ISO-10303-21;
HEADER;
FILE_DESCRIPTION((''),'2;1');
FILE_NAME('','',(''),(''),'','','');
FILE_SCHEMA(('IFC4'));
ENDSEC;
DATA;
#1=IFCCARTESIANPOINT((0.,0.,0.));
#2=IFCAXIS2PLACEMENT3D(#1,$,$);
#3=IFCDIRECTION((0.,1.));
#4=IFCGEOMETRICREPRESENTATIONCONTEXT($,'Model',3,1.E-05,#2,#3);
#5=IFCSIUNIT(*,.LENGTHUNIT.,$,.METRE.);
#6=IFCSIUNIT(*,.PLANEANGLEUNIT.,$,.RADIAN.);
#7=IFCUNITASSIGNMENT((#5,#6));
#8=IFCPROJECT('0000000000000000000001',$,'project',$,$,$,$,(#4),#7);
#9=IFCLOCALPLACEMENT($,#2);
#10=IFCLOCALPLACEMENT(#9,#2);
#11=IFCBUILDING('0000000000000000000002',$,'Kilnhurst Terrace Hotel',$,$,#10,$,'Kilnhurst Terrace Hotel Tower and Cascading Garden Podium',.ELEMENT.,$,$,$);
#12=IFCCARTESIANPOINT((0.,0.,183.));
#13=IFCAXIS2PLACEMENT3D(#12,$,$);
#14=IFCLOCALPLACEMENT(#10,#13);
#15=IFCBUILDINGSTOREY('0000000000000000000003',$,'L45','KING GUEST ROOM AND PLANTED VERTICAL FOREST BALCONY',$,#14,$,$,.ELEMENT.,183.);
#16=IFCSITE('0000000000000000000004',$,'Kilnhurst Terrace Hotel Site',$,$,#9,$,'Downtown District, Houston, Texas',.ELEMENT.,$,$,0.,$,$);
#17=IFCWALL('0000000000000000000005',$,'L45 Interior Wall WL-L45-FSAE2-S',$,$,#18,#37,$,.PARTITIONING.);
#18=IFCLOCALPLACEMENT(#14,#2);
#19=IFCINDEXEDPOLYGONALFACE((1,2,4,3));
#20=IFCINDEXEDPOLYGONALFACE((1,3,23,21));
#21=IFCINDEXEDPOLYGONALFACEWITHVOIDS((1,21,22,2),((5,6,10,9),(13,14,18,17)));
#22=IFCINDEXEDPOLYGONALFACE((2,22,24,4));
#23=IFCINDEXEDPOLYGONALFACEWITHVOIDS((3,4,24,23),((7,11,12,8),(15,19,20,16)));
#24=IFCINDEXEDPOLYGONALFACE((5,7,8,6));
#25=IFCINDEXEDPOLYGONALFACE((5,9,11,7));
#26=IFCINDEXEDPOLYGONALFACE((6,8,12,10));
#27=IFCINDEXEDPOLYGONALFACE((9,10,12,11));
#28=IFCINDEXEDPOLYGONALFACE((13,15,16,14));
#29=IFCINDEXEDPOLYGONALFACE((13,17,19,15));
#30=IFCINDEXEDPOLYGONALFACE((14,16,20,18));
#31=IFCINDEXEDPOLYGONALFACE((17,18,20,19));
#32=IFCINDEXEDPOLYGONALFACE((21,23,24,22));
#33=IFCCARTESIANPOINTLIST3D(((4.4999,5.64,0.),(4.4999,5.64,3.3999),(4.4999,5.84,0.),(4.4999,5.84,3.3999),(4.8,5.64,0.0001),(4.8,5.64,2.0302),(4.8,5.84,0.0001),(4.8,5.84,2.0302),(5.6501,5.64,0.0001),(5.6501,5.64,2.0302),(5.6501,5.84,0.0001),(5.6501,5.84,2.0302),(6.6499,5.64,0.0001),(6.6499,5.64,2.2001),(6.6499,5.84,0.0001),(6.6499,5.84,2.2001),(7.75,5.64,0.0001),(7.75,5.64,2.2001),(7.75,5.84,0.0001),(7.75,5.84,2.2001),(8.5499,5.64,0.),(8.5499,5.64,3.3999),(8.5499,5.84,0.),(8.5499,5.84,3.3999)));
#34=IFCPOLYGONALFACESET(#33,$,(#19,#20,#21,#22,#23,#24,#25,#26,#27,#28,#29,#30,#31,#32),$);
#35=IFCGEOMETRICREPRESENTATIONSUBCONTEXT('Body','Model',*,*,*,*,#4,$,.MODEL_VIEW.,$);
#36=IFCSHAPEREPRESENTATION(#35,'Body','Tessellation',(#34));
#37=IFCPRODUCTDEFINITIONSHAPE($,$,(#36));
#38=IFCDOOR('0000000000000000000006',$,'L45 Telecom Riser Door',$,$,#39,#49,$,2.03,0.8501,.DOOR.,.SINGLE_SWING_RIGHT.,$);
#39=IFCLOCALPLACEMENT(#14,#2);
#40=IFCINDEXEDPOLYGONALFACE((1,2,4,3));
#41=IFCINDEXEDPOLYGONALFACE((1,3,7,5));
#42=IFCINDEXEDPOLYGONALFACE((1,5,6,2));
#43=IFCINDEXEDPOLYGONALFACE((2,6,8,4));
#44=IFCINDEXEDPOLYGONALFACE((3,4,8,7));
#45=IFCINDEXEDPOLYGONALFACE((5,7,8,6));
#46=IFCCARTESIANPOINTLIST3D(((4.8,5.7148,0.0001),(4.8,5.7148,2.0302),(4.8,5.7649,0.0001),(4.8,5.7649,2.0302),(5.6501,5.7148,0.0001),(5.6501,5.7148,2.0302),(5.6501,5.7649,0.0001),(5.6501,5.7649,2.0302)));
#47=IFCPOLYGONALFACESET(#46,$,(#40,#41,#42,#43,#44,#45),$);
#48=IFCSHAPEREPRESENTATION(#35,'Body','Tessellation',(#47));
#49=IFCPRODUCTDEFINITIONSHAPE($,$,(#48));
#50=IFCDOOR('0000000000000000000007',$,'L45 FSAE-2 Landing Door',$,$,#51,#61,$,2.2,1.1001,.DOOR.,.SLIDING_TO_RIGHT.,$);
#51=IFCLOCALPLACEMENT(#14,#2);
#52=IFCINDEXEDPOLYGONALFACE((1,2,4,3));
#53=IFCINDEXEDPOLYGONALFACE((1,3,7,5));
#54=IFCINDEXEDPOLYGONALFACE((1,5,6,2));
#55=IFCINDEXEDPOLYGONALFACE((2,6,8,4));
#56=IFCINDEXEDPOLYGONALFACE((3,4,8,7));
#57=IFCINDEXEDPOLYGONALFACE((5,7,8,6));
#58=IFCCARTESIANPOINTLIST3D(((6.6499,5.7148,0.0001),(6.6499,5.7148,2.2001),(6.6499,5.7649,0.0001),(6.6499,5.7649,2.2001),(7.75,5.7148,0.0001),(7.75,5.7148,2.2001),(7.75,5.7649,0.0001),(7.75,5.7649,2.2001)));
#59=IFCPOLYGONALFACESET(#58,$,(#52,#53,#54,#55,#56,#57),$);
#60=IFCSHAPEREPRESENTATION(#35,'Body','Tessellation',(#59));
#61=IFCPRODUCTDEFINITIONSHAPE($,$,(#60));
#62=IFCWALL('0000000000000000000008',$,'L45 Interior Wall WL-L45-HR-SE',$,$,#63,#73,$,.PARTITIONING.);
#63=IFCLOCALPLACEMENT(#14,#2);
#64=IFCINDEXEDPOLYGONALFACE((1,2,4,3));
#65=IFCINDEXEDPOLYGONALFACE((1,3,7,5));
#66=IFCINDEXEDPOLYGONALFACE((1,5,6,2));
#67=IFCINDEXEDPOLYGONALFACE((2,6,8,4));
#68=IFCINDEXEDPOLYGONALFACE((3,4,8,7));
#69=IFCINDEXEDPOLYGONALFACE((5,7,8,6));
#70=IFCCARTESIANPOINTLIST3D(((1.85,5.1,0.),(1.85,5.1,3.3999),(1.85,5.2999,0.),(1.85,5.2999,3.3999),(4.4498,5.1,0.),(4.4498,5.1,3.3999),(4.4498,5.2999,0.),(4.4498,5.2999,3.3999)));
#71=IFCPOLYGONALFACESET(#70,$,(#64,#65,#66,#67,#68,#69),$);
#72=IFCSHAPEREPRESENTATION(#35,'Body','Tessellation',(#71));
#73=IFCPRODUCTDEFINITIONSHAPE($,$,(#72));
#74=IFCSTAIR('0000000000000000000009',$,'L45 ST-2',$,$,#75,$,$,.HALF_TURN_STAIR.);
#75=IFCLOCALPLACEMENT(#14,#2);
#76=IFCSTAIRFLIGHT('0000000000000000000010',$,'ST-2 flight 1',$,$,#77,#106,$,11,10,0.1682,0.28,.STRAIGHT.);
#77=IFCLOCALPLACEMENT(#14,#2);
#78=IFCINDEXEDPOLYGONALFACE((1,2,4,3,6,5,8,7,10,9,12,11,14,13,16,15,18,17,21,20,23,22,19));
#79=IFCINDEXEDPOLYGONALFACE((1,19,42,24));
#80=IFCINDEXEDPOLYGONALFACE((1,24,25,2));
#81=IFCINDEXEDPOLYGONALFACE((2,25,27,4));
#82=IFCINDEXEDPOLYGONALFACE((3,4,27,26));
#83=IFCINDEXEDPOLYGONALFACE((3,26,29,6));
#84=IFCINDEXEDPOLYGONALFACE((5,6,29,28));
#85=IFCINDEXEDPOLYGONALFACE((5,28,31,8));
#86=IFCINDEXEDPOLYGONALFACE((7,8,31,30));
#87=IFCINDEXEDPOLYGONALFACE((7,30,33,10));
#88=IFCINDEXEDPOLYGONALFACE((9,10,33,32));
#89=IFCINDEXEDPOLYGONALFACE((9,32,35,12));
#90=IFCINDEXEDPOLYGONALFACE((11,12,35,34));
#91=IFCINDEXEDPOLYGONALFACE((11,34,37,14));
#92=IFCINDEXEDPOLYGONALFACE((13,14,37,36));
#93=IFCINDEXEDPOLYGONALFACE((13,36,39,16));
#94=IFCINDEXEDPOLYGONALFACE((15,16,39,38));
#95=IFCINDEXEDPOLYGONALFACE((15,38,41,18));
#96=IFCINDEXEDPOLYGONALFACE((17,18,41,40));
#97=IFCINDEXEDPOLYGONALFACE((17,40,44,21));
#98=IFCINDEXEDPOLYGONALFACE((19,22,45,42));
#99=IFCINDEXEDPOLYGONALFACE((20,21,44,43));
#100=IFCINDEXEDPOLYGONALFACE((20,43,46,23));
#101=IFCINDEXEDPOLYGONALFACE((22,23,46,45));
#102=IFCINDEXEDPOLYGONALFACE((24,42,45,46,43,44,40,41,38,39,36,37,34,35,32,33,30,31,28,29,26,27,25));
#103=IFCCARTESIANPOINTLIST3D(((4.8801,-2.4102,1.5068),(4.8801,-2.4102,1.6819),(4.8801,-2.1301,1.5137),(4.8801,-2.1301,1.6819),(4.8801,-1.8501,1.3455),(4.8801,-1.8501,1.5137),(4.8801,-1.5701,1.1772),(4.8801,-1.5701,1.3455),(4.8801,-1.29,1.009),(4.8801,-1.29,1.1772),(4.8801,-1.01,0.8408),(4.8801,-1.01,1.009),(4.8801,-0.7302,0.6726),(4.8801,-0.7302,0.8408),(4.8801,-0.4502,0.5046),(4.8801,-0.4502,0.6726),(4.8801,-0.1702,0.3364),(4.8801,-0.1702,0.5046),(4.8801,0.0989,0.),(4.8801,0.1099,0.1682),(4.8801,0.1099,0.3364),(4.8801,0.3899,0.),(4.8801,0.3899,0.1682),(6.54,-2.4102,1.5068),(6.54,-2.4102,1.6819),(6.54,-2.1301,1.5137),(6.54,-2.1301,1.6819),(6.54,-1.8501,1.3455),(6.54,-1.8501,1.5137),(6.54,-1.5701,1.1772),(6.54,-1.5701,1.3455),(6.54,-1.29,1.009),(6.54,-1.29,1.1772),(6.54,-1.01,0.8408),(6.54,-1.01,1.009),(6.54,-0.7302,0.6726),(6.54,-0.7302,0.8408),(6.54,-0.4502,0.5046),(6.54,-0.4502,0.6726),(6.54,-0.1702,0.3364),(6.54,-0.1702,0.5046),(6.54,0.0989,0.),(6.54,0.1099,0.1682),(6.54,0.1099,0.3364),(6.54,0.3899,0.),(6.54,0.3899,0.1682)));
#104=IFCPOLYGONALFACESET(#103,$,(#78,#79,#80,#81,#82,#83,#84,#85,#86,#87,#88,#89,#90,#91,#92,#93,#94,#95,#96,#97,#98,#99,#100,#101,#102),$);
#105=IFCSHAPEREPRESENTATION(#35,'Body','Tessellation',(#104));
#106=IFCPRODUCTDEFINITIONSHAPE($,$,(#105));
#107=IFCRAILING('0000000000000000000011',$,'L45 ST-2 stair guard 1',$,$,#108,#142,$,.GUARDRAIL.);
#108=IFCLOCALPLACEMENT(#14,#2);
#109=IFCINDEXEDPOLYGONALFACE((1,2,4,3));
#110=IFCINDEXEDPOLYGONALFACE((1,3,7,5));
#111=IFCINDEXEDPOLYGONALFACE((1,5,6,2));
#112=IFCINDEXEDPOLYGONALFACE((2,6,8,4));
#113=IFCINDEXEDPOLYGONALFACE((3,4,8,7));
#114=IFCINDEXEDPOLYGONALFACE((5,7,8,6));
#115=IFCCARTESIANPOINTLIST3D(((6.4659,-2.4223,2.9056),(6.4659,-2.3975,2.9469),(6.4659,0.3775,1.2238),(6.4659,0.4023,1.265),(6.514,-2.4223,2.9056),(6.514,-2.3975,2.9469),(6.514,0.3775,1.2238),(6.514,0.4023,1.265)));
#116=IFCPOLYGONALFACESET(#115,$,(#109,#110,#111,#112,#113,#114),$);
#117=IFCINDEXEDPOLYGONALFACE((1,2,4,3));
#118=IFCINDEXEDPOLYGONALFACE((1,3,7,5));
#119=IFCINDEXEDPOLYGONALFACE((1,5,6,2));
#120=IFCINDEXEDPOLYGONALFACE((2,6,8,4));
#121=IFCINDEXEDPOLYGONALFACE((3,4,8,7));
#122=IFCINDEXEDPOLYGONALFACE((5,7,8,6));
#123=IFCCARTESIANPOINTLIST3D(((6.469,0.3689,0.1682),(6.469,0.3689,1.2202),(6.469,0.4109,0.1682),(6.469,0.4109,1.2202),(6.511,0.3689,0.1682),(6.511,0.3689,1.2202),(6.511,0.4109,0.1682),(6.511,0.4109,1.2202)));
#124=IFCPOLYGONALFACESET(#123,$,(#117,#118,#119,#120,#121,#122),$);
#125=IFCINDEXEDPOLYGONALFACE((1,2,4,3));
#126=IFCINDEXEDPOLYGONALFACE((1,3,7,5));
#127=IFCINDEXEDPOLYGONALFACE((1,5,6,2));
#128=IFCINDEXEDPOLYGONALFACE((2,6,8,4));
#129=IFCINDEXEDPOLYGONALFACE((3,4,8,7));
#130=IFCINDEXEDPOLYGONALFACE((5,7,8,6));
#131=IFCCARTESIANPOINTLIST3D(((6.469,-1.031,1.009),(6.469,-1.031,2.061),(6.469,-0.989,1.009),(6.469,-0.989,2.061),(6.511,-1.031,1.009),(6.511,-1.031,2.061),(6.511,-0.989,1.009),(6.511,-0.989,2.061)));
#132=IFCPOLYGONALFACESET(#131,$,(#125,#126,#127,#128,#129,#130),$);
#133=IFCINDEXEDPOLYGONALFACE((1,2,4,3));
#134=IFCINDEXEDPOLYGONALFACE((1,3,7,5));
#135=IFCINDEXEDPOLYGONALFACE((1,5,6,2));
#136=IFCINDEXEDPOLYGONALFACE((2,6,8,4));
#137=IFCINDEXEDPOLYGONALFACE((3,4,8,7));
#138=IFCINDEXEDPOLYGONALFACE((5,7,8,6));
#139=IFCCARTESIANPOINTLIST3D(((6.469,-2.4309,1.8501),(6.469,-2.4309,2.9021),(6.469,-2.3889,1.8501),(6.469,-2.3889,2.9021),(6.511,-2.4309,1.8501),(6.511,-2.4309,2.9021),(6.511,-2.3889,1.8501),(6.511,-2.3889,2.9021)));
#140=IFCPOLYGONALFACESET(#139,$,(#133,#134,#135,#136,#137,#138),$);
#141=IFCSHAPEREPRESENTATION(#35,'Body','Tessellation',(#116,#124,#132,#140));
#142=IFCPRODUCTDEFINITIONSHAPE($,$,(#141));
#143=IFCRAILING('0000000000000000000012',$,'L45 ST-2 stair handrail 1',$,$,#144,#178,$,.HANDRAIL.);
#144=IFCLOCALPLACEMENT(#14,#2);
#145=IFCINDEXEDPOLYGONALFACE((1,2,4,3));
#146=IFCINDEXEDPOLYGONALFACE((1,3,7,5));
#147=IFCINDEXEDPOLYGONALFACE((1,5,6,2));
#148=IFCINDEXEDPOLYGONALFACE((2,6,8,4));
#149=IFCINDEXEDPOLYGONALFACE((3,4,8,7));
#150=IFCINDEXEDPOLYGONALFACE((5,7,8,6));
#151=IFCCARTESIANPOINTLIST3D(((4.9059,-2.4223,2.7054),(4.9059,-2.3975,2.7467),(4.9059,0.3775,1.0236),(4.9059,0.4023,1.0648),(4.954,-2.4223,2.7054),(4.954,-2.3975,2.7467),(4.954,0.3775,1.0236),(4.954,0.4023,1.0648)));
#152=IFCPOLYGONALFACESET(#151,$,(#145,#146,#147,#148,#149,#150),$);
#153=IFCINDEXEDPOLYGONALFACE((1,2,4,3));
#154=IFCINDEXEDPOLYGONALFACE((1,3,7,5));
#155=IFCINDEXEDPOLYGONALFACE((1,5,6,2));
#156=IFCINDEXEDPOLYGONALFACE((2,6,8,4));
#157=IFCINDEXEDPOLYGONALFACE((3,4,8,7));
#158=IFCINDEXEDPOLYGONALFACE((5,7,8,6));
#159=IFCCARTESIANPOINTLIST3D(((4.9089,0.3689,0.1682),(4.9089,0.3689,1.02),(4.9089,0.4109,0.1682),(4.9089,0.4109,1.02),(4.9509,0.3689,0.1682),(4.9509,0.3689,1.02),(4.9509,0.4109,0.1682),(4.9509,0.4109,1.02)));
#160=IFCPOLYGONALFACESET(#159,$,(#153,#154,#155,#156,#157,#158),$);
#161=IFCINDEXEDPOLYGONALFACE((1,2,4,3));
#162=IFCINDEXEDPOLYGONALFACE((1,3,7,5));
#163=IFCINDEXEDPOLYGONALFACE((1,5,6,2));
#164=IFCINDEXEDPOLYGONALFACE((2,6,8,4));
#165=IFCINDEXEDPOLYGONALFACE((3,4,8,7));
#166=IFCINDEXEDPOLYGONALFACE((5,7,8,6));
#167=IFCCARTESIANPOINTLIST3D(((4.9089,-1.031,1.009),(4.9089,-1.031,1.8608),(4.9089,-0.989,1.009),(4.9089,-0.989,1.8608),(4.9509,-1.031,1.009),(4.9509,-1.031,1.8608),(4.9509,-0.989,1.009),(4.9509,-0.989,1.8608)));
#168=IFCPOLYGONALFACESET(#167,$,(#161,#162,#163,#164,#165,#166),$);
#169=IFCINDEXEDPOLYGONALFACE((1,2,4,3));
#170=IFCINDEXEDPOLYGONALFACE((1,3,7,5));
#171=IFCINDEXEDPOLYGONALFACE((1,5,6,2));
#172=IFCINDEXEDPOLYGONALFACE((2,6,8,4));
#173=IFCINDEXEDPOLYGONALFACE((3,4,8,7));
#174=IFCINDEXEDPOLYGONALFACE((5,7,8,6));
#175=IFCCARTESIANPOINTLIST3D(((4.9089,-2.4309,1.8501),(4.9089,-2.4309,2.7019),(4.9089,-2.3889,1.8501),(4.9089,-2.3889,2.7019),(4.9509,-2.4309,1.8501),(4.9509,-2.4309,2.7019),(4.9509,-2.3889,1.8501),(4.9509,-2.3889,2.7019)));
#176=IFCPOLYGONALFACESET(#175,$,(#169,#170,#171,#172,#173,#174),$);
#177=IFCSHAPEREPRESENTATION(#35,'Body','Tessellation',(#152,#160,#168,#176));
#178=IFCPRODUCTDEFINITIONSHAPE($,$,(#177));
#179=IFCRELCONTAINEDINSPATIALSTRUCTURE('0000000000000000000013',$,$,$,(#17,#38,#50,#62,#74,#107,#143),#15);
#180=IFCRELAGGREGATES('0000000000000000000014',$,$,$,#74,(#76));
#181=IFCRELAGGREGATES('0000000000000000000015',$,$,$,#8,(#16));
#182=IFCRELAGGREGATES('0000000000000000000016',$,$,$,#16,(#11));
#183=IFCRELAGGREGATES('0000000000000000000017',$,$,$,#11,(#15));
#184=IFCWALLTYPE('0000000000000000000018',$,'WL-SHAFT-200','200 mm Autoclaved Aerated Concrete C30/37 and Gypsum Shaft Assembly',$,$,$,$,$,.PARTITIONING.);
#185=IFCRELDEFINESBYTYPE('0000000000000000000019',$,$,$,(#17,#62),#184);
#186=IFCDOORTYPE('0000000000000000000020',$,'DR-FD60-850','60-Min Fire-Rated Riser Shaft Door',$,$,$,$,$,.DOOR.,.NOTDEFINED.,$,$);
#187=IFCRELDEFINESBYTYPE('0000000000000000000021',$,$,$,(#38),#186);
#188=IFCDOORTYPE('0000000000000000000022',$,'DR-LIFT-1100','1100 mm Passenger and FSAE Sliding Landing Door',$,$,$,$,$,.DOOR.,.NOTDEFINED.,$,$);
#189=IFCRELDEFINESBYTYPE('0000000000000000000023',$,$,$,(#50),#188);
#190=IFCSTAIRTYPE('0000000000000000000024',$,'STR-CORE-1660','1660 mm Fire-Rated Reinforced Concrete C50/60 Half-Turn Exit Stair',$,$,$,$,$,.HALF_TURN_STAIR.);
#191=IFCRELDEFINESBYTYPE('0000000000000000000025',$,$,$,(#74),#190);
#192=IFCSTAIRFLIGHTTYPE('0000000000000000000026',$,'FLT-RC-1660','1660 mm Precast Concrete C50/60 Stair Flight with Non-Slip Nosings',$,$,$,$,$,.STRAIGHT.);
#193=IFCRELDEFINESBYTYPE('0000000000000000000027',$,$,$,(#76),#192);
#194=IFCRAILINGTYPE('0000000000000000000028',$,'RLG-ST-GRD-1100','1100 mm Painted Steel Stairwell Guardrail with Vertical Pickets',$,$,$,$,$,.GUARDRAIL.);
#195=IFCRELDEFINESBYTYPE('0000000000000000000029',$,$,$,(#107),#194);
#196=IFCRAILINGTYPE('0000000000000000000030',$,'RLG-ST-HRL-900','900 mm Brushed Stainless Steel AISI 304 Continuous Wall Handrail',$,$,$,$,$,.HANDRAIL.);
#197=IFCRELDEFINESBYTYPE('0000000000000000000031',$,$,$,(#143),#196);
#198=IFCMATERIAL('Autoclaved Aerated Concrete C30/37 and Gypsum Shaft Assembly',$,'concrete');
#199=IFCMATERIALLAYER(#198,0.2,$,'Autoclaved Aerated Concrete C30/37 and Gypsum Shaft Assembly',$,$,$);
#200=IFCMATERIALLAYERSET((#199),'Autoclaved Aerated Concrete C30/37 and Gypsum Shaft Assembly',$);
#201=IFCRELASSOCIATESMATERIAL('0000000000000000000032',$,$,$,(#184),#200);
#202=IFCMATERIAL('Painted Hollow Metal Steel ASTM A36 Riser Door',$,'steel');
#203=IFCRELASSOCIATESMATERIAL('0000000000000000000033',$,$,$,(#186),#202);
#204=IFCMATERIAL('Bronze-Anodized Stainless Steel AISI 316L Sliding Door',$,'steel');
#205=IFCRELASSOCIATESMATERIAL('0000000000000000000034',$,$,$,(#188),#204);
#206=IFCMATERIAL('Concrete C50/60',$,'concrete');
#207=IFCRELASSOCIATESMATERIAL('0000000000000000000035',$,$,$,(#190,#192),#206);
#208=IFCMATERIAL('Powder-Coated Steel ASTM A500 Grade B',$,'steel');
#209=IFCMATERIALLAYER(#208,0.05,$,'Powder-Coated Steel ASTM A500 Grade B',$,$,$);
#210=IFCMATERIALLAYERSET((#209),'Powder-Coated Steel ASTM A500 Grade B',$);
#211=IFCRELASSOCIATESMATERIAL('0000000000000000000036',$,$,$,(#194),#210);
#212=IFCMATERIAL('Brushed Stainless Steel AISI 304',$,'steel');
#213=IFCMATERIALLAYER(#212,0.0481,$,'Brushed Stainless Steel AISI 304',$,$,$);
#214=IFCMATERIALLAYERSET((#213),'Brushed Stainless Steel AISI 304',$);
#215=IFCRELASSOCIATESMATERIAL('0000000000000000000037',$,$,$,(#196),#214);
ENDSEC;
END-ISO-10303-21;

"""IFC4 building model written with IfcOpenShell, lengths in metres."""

from ifc_helpers import new_model, si_unit, direction, frame, frame_2d, origin, origin_2d, place, context, subcontext, project, spatial, polyline, rectangle, outline, extrude, material, layer, layer_set, type_object, element, fill, aggregate, save


model = new_model("IFC4")

# Units and contexts
model_context = context("Model", 3, precision=1e-05, world=origin(), true_north=direction((0.0, 1.0)))
body_context = subcontext(model_context, "Body", "Model", "MODEL_VIEW")
ifc_project = project(units=[si_unit("LENGTHUNIT", "METRE"), si_unit("PLANEANGLEUNIT", "RADIAN")], contexts=[model_context])

# Site, building, storey
site_placement = place(None, origin())
site = spatial("IfcSite", under=ifc_project, at=site_placement, Name="Kilnhurst Terrace Hotel Site", LongName="Downtown District, Houston, Texas", CompositionType="ELEMENT", RefElevation=0.0)
building_placement = place(site_placement, origin())
building = spatial("IfcBuilding", under=site, at=building_placement, Name="Kilnhurst Terrace Hotel", LongName="Kilnhurst Terrace Hotel Tower and Cascading Garden Podium", CompositionType="ELEMENT")
storey_placement = place(building_placement, frame((0.0, 0.0, 183.0)))
storey = spatial("IfcBuildingStorey", under=building, at=storey_placement, Name="L45", Description="KING GUEST ROOM AND PLANTED VERTICAL FOREST BALCONY", CompositionType="ELEMENT", Elevation=183.0)

# Wall, openings, doors
ifc_material_1 = material(Name="Autoclaved Aerated Concrete C30/37 and Gypsum Shaft Assembly", Category="concrete")
ifc_layer_1 = layer(ifc_material_1, 0.2, Name="Autoclaved Aerated Concrete C30/37 and Gypsum Shaft Assembly")
ifc_layer_set_1 = layer_set([ifc_layer_1], Name="Autoclaved Aerated Concrete C30/37 and Gypsum Shaft Assembly")
wall_type_1 = type_object("IfcWallType", Name="WL-SHAFT-200", Description="200 mm Autoclaved Aerated Concrete C30/37 and Gypsum Shaft Assembly", PredefinedType="PARTITIONING", material=ifc_layer_set_1)
wall_1_placement = place(storey_placement, frame((4.5, 5.74, 0.0), z_axis=(0.0, 0.0, 1.0), x_axis=(1.0, 0.0, 0.0)))
wall_1 = element("IfcWall", 1, at=wall_1_placement, inside=storey, type_object=wall_type_1, Name="L45 Interior Wall WL-L45-FSAE2-S", PredefinedType="PARTITIONING", context=body_context, shape_type="SweptSolid", body=[
    extrude(rectangle(XDim=4.05, YDim=0.2, at=frame_2d((2.0249, 0.0))), origin(), (0.0, 0.0, 1.0), 3.3999),
])
opening_1_placement = place(wall_1_placement, frame((0.3, 0.0, 0.0)))
opening_1 = element("IfcOpeningElement", 2, at=opening_1_placement, cuts=wall_1, PredefinedType="OPENING", context=body_context, shape_type="SweptSolid", body=[
    extrude(rectangle(XDim=0.8501, YDim=2.03, at=frame_2d((0.425, 1.0151))), frame((0.0, 0.1099, 0.0), z_axis=(0.0, -1.0, 0.0), x_axis=(1.0, 0.0, 0.0)), (0.0, 0.0, 1.0), 0.22),
])
opening_2_placement = place(wall_1_placement, frame((2.1499, 0.0, 0.0)))
opening_2 = element("IfcOpeningElement", 3, at=opening_2_placement, cuts=wall_1, PredefinedType="OPENING", context=body_context, shape_type="SweptSolid", body=[
    extrude(rectangle(XDim=1.1001, YDim=2.2, at=frame_2d((0.55, 1.1001))), frame((0.0, 0.1099, 0.0), z_axis=(0.0, -1.0, 0.0), x_axis=(1.0, 0.0, 0.0)), (0.0, 0.0, 1.0), 0.22),
])
ifc_material_2 = material(Name="Painted Hollow Metal Steel ASTM A36 Riser Door", Category="steel")
door_type_1 = type_object("IfcDoorType", Name="DR-FD60-850", Description="60-Min Fire-Rated Riser Shaft Door", OperationType="NOTDEFINED", PredefinedType="DOOR", material=ifc_material_2)
door_1_placement = place(opening_1_placement, origin())
door_1 = element("IfcDoor", 4, at=door_1_placement, inside=storey, type_object=door_type_1, Name="L45 Telecom Riser Door", OperationType="SINGLE_SWING_RIGHT", OverallHeight=2.03, OverallWidth=0.8501, PredefinedType="DOOR", context=body_context, shape_type="SweptSolid", body=[
    extrude(rectangle(XDim=0.8501, YDim=2.03, at=frame_2d((0.425, 1.0151))), frame((0.0, 0.0249, 0.0), z_axis=(0.0, -1.0, 0.0), x_axis=(1.0, 0.0, 0.0)), (0.0, 0.0, 1.0), 0.05),
])
fill(opening_1, door_1)
ifc_material_3 = material(Name="Bronze-Anodized Stainless Steel AISI 316L Sliding Door", Category="steel")
door_type_2 = type_object("IfcDoorType", Name="DR-LIFT-1100", Description="1100 mm Passenger and FSAE Sliding Landing Door", OperationType="NOTDEFINED", PredefinedType="DOOR", material=ifc_material_3)
door_2_placement = place(opening_2_placement, origin())
door_2 = element("IfcDoor", 5, at=door_2_placement, inside=storey, type_object=door_type_2, Name="L45 FSAE-2 Landing Door", OperationType="SLIDING_TO_RIGHT", OverallHeight=2.2, OverallWidth=1.1001, PredefinedType="DOOR", context=body_context, shape_type="SweptSolid", body=[
    extrude(rectangle(XDim=1.1001, YDim=2.2, at=frame_2d((0.55, 1.1001))), frame((0.0, 0.0249, 0.0), z_axis=(0.0, -1.0, 0.0), x_axis=(1.0, 0.0, 0.0)), (0.0, 0.0, 1.0), 0.05),
])
fill(opening_2, door_2)

# Wall
wall_2_placement = place(storey_placement, frame((1.8501, 5.2, 0.0), z_axis=(0.0, 0.0, 1.0), x_axis=(1.0, 0.0, 0.0)))
element("IfcWall", 6, at=wall_2_placement, inside=storey, type_object=wall_type_1, Name="L45 Interior Wall WL-L45-HR-SE", PredefinedType="PARTITIONING", context=body_context, shape_type="SweptSolid", body=[
    extrude(rectangle(XDim=2.5999, YDim=0.2, at=frame_2d((1.2998, 0.0))), origin(), (0.0, 0.0, 1.0), 3.3999),
])

# Shared definitions
ifc_material_4 = material(Name="Concrete C50/60", Category="concrete")

# Stair, stair flight
stair_type = type_object("IfcStairType", Name="STR-CORE-1660", Description="1660 mm Fire-Rated Reinforced Concrete C50/60 Half-Turn Exit Stair", PredefinedType="HALF_TURN_STAIR", material=ifc_material_4)
stair_placement = place(storey_placement, origin())
stair = element("IfcStair", 7, at=stair_placement, inside=storey, type_object=stair_type, Name="L45 ST-2", PredefinedType="HALF_TURN_STAIR")
stair_flight_type = type_object("IfcStairFlightType", Name="FLT-RC-1660", Description="1660 mm Precast Concrete C50/60 Stair Flight with Non-Slip Nosings", PredefinedType="STRAIGHT", material=ifc_material_4)
stair_flight_placement = place(storey_placement, frame((5.71, 0.3899, 0.0), z_axis=(0.0, 0.0, 1.0), x_axis=(0.0, -1.0, 0.0)))
stair_flight = element("IfcStairFlight", 8, at=stair_flight_placement, type_object=stair_flight_type, Name="ST-2 flight 1", NumberOfRisers=11, NumberOfTreads=10, PredefinedType="STRAIGHT", RiserHeight=0.1682, TreadLength=0.28, context=body_context, shape_type="SweptSolid", body=[
    extrude(outline(polyline([(0.0, 0.0), (0.0, 0.1682), (0.28, 0.1682), (0.28, 0.3364), (0.5601, 0.3364), (0.5601, 0.5046), (0.8401, 0.5046), (0.8401, 0.6726), (1.1201, 0.6726), (1.1201, 0.8408), (1.3999, 0.8408), (1.3999, 1.009), (1.6799, 1.009), (1.6799, 1.1772), (1.96, 1.1772), (1.96, 1.3455), (2.24, 1.3455), (2.24, 1.5137), (2.52, 1.5137), (2.52, 1.6819), (2.8, 1.6819), (2.8, 1.8501), (2.8, 1.5068), (0.291, 0.0), (0.0, 0.0)])), frame((0.0, 0.8301, 0.0), z_axis=(0.0, -1.0, 0.0), x_axis=(1.0, 0.0, 0.0)), (0.0, 0.0, 1.0), 1.6599),
])
aggregate(stair, [stair_flight])

# Railings
ifc_material_5 = material(Name="Powder-Coated Steel ASTM A500 Grade B", Category="steel")
ifc_layer_2 = layer(ifc_material_5, 0.05, Name="Powder-Coated Steel ASTM A500 Grade B")
ifc_layer_set_2 = layer_set([ifc_layer_2], Name="Powder-Coated Steel ASTM A500 Grade B")
railing_type_1 = type_object("IfcRailingType", Name="RLG-ST-GRD-1100", Description="1100 mm Painted Steel Stairwell Guardrail with Vertical Pickets", PredefinedType="GUARDRAIL", material=ifc_layer_set_2)
railing_1_placement = place(storey_placement, frame((6.49, 0.3899, 0.1682)))
element("IfcRailing", 9, at=railing_1_placement, inside=storey, type_object=railing_type_1, Name="L45 ST-2 stair guard 1", PredefinedType="GUARDRAIL", context=body_context, shape_type="SweptSolid", body=[
    extrude(rectangle(XDim=0.0481, YDim=0.0481, at=origin_2d()), frame((0.0, 0.0, 1.0762), z_axis=(0.0, -0.857222, 0.514946), x_axis=(1.0, 0.0, 0.0)), (0.0, 0.0, 1.0), 3.2661),
    extrude(rectangle(XDim=0.042, YDim=0.042, at=origin_2d()), origin(), (0.0, 0.0, 1.0), 1.052),
    extrude(rectangle(XDim=0.042, YDim=0.042, at=origin_2d()), frame((0.0, -1.3999, 0.8408)), (0.0, 0.0, 1.0), 1.052),
    extrude(rectangle(XDim=0.042, YDim=0.042, at=origin_2d()), frame((0.0, -2.7998, 1.6819)), (0.0, 0.0, 1.0), 1.052),
])
ifc_material_6 = material(Name="Brushed Stainless Steel AISI 304", Category="steel")
ifc_layer_3 = layer(ifc_material_6, 0.0481, Name="Brushed Stainless Steel AISI 304")
ifc_layer_set_3 = layer_set([ifc_layer_3], Name="Brushed Stainless Steel AISI 304")
railing_type_2 = type_object("IfcRailingType", Name="RLG-ST-HRL-900", Description="900 mm Brushed Stainless Steel AISI 304 Continuous Wall Handrail", PredefinedType="HANDRAIL", material=ifc_layer_set_3)
railing_2_placement = place(storey_placement, frame((4.9299, 0.3899, 0.1682)))
element("IfcRailing", 10, at=railing_2_placement, inside=storey, type_object=railing_type_2, Name="L45 ST-2 stair handrail 1", PredefinedType="HANDRAIL", context=body_context, shape_type="SweptSolid", body=[
    extrude(rectangle(XDim=0.0481, YDim=0.0481, at=origin_2d()), frame((0.0, 0.0, 0.876), z_axis=(0.0, -0.857222, 0.514946), x_axis=(1.0, 0.0, 0.0)), (0.0, 0.0, 1.0), 3.2661),
    extrude(rectangle(XDim=0.042, YDim=0.042, at=origin_2d()), origin(), (0.0, 0.0, 1.0), 0.8518),
    extrude(rectangle(XDim=0.042, YDim=0.042, at=origin_2d()), frame((0.0, -1.3999, 0.8408)), (0.0, 0.0, 1.0), 0.8518),
    extrude(rectangle(XDim=0.042, YDim=0.042, at=origin_2d()), frame((0.0, -2.7998, 1.6819)), (0.0, 0.0, 1.0), 0.8518),
])

save(model, "model.ifc")
